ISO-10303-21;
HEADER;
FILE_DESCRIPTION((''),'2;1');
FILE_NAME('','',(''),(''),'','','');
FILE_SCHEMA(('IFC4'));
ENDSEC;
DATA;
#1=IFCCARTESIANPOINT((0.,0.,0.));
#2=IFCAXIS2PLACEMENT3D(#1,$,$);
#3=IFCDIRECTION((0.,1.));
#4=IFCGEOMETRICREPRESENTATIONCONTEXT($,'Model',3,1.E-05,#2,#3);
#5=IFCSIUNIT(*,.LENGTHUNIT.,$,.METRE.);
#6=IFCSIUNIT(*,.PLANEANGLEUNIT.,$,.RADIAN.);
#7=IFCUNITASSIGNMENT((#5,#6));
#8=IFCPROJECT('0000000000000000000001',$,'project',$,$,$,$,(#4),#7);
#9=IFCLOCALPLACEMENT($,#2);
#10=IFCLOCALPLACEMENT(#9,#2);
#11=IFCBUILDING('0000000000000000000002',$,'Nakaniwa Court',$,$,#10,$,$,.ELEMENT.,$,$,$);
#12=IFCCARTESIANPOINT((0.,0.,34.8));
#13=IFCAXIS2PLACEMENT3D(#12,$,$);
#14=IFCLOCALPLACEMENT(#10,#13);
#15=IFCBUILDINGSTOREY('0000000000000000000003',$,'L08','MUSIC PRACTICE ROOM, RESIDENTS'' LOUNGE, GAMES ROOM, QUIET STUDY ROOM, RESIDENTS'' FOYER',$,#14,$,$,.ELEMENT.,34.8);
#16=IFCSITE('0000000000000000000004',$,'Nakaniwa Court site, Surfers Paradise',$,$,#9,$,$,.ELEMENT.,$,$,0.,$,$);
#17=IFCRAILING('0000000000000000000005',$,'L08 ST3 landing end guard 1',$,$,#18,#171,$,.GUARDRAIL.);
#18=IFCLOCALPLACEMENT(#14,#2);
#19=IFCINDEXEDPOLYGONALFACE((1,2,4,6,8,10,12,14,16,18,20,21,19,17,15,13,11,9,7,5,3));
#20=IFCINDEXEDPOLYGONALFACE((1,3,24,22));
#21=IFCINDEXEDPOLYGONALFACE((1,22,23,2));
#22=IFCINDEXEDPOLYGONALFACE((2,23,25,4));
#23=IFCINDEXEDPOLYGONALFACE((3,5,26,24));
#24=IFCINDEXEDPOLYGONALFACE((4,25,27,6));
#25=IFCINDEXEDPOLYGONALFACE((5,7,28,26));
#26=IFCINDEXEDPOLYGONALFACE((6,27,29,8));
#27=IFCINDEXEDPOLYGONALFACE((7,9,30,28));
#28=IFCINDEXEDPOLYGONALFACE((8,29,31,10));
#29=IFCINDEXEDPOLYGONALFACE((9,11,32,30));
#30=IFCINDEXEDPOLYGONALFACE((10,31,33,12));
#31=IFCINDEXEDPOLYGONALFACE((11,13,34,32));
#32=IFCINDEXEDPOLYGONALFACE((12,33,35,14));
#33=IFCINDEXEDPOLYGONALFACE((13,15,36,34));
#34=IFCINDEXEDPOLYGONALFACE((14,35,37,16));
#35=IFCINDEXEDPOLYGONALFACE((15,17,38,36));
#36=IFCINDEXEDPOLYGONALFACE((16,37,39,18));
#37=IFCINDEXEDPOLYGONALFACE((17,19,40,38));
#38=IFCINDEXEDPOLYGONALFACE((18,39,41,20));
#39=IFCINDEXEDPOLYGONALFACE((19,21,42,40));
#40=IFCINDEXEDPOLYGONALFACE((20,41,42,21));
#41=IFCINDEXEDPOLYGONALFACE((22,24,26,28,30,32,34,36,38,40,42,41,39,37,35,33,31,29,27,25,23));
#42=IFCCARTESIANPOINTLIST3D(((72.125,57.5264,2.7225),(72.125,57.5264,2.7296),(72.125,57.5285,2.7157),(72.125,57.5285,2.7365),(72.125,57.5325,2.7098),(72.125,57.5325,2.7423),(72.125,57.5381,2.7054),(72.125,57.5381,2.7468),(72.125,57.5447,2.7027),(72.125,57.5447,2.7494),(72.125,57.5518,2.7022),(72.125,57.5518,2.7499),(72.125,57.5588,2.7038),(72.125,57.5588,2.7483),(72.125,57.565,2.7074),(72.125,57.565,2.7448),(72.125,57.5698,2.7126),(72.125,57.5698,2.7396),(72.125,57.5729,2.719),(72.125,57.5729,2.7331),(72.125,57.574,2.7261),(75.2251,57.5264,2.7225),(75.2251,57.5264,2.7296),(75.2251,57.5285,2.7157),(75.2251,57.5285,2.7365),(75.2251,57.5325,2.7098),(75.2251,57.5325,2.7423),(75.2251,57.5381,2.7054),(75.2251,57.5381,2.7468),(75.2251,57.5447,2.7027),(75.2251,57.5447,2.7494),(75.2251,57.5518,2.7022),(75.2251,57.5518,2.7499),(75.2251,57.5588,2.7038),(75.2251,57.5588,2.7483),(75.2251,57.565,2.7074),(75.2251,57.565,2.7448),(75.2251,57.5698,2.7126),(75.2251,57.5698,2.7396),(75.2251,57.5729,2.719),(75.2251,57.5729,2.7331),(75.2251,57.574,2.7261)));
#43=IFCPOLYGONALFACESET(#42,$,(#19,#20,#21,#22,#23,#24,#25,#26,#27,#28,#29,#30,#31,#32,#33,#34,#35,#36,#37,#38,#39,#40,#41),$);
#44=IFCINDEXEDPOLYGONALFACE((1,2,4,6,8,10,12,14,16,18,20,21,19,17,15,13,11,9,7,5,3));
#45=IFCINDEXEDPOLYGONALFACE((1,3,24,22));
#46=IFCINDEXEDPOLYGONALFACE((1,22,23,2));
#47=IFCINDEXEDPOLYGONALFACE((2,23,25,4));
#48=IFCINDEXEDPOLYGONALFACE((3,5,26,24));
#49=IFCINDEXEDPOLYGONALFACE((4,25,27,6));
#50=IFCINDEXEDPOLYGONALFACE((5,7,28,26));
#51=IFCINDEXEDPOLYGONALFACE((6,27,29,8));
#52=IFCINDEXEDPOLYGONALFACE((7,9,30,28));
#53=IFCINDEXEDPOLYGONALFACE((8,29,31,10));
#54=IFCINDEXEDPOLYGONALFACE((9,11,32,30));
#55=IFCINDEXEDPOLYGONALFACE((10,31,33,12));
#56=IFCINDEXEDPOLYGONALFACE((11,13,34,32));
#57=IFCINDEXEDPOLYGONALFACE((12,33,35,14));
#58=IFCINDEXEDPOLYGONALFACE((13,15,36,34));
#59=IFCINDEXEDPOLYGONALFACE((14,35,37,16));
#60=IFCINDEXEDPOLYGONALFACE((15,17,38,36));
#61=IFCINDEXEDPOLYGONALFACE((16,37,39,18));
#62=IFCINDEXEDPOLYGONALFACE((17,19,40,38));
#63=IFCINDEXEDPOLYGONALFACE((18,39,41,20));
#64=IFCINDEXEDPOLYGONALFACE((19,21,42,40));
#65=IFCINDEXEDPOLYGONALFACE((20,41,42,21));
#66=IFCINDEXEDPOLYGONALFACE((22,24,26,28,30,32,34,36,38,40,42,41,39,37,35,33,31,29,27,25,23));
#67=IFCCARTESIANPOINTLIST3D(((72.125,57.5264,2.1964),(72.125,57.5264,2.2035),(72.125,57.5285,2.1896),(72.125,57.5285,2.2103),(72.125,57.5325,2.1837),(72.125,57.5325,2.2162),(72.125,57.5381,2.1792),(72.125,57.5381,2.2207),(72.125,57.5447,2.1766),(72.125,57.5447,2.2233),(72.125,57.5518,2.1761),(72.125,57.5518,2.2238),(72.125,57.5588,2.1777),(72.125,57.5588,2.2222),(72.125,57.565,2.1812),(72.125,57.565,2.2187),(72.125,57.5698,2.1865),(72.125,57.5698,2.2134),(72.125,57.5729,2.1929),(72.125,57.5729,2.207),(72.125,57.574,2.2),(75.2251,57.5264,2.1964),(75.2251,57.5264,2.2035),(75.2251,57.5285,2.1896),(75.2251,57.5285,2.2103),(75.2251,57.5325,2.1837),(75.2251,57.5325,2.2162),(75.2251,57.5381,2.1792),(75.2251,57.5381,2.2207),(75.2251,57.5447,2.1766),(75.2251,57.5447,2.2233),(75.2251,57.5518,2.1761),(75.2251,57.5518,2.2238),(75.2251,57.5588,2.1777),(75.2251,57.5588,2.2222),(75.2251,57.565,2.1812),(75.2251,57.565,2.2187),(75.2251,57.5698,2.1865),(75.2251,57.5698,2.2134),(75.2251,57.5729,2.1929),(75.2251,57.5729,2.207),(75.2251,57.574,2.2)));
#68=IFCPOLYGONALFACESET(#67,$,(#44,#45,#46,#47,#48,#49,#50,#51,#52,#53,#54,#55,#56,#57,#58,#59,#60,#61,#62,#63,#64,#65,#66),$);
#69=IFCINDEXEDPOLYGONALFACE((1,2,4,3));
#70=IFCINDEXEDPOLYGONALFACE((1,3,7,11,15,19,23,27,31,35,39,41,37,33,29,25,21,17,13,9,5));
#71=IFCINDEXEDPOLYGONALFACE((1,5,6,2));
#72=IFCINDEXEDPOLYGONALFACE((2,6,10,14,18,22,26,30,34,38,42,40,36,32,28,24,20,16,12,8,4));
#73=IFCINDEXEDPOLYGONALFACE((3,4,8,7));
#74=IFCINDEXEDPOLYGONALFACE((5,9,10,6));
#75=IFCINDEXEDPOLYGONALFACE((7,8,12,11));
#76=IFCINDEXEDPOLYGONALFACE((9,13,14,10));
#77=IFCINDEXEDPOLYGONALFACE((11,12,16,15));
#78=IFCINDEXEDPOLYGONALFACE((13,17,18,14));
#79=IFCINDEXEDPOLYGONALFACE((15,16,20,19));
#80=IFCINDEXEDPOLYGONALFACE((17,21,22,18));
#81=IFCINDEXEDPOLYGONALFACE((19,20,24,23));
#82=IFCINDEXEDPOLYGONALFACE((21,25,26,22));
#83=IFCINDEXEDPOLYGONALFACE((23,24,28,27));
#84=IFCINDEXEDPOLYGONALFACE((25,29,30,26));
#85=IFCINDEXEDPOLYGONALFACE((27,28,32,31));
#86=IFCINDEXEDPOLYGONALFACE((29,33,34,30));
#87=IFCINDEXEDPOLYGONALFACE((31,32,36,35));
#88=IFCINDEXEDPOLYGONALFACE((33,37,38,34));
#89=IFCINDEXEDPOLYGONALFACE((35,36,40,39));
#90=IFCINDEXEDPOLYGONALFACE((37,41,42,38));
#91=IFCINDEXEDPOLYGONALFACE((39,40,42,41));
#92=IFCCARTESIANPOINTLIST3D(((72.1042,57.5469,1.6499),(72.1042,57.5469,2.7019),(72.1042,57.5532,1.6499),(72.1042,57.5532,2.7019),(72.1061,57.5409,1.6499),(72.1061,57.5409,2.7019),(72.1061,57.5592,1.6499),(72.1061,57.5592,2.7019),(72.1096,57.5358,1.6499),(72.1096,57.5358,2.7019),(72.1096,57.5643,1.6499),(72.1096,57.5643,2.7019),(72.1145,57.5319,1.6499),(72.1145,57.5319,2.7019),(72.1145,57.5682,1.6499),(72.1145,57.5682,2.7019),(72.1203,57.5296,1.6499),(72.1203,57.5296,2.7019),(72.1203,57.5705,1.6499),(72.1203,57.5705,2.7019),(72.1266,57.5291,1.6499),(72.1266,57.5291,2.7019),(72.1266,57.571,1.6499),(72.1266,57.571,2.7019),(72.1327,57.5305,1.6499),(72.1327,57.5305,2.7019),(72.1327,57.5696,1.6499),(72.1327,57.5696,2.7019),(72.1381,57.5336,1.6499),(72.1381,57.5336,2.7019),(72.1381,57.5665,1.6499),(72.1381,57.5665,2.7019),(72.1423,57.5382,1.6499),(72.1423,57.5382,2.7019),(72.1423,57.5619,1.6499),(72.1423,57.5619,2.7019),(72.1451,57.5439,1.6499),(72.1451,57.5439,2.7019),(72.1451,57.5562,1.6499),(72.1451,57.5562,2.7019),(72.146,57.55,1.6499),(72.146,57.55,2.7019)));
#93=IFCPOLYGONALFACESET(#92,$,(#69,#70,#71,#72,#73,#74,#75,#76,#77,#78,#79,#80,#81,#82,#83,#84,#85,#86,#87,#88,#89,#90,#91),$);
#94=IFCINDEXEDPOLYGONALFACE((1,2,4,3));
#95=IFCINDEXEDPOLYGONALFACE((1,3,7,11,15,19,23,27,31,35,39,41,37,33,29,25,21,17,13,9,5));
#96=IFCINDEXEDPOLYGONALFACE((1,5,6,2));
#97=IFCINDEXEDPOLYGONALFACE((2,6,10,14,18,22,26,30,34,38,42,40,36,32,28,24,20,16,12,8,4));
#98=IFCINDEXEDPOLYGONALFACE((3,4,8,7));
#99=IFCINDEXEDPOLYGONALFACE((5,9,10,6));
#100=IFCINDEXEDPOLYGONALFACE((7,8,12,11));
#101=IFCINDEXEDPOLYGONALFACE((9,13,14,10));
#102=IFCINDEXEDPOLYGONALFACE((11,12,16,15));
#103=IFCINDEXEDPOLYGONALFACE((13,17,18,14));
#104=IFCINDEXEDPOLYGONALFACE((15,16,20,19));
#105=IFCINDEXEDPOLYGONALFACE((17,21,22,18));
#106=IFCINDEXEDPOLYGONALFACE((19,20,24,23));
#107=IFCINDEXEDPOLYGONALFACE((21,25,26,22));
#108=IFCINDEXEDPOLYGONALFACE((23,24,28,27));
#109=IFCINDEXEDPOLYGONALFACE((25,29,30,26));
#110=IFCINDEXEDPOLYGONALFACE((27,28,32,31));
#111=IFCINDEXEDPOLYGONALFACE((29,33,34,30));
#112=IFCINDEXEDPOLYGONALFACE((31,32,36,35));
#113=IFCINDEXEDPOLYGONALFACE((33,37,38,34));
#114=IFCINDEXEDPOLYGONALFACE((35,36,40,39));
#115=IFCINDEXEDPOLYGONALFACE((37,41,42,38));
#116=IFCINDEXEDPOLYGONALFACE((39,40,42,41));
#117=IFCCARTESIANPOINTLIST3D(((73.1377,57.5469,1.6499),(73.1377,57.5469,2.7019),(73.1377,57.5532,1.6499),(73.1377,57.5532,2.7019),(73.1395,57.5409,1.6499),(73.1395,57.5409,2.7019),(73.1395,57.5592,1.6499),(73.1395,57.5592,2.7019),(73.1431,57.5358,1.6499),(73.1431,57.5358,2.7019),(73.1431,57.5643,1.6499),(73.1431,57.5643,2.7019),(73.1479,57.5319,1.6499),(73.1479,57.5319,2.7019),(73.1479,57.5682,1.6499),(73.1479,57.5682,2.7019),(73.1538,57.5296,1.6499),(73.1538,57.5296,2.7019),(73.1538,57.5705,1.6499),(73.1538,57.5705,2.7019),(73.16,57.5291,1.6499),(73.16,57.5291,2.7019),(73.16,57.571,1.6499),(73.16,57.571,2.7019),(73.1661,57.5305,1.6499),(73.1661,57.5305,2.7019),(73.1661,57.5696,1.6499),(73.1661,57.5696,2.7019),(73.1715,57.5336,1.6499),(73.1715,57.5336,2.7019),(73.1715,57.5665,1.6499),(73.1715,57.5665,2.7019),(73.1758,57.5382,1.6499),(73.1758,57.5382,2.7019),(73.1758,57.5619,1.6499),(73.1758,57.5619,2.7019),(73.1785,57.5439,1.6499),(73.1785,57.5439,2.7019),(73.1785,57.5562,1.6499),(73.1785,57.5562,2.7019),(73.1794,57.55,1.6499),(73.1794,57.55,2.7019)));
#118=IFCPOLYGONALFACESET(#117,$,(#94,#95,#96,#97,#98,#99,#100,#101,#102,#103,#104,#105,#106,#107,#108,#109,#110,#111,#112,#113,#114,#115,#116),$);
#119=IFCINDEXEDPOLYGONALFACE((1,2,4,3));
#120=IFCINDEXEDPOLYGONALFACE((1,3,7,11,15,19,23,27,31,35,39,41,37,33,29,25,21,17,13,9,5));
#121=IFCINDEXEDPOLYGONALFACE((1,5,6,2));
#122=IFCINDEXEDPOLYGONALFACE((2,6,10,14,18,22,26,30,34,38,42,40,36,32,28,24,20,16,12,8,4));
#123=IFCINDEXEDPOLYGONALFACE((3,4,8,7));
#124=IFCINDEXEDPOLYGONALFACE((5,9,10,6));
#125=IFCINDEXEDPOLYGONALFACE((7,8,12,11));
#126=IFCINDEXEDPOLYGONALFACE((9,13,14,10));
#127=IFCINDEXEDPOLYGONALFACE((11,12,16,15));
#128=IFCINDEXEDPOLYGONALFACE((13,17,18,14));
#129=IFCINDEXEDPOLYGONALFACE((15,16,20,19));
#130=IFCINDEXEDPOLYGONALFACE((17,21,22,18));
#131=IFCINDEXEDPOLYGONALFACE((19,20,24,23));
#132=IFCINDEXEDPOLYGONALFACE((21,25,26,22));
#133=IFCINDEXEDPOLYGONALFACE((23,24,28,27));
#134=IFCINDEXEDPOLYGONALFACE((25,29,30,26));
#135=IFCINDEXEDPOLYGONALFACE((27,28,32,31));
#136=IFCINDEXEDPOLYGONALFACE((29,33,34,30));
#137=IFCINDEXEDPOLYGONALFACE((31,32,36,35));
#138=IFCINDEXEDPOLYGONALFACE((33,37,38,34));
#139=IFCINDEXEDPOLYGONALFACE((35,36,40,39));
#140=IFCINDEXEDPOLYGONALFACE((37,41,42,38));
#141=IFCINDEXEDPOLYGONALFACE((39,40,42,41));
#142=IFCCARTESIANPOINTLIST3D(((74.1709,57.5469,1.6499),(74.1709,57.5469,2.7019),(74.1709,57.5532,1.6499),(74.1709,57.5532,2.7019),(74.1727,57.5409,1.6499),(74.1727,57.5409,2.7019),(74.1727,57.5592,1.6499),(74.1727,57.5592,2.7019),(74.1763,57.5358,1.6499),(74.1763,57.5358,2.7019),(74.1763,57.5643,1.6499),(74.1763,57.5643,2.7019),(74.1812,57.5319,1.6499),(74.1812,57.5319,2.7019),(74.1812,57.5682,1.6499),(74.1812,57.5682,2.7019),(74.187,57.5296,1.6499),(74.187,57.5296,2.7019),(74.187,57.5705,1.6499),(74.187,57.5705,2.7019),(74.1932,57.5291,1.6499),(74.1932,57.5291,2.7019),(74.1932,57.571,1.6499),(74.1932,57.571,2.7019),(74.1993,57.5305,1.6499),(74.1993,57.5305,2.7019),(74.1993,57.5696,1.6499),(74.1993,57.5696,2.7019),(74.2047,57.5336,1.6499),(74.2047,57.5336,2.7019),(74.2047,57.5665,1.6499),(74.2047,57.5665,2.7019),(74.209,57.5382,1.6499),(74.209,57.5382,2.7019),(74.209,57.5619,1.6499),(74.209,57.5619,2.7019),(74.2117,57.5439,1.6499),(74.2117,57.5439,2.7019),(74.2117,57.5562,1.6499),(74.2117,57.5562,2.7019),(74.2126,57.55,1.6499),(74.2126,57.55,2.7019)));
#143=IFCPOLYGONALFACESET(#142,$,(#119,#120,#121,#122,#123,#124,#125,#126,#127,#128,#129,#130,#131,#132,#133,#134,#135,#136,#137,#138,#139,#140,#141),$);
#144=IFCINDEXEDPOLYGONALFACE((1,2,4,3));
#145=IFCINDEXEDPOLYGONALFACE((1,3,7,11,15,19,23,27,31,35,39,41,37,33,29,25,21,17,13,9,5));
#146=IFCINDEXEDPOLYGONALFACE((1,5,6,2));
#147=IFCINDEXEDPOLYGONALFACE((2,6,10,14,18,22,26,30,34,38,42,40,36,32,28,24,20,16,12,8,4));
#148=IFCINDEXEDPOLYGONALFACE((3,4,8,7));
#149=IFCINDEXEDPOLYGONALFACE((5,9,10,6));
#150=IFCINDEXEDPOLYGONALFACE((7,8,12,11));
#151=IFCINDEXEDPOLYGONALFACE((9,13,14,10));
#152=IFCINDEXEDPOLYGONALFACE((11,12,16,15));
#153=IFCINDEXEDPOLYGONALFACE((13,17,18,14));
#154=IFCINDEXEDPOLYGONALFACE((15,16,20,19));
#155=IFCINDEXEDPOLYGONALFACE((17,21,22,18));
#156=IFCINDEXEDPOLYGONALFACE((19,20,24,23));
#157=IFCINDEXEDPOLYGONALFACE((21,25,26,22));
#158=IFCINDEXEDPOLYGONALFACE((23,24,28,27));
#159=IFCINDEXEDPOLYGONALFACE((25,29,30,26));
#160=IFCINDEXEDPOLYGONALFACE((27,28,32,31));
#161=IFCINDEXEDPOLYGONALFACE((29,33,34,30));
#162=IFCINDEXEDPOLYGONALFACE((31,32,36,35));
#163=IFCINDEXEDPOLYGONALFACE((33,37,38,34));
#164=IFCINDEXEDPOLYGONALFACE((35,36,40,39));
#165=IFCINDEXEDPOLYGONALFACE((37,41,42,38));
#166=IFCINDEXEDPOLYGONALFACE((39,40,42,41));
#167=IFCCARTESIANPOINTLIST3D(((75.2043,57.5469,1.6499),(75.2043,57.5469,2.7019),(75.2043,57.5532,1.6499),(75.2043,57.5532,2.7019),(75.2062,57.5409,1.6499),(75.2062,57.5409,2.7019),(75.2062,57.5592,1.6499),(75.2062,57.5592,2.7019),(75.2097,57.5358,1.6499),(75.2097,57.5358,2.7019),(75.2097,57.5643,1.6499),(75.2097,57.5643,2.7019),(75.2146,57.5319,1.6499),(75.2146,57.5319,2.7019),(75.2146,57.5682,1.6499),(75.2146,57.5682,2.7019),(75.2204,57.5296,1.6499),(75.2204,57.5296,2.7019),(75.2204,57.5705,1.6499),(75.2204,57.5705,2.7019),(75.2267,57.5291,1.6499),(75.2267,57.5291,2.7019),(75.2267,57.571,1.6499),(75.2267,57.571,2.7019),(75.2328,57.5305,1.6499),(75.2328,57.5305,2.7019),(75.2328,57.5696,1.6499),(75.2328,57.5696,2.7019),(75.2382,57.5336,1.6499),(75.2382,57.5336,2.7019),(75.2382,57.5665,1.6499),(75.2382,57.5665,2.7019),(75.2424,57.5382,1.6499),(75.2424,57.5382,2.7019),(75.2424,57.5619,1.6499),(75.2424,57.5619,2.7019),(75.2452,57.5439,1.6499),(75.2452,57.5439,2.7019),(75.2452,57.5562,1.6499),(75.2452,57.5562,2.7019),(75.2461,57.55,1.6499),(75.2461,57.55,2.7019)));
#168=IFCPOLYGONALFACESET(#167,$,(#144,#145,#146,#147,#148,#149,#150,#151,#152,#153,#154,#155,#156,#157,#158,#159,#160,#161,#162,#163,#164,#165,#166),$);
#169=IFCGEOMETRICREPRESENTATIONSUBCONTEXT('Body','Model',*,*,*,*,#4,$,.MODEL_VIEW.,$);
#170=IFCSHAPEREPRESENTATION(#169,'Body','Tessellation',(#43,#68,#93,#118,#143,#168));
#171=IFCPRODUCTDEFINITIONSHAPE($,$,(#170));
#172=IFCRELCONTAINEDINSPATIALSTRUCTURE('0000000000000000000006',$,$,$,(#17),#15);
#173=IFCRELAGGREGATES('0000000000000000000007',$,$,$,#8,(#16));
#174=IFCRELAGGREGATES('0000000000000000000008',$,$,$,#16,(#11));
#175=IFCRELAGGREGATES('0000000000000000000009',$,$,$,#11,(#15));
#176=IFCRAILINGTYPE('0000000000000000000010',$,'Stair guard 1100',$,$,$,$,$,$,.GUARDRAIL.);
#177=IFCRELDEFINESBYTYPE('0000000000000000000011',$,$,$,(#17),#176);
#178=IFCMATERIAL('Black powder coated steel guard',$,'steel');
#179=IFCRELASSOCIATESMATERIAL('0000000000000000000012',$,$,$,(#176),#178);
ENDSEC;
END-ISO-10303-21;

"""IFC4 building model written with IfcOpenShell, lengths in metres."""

from ifc_helpers import new_model, si_unit, direction, frame, origin, origin_2d, place, context, subcontext, project, spatial, circle, extrude, material, type_object, element, save


model = new_model("IFC4")

# Units and contexts
model_context = context("Model", 3, precision=1e-05, world=origin(), true_north=direction((0.0, 1.0)))
body_context = subcontext(model_context, "Body", "Model", "MODEL_VIEW")
ifc_project = project(units=[si_unit("LENGTHUNIT", "METRE"), si_unit("PLANEANGLEUNIT", "RADIAN")], contexts=[model_context])

# Site, building, storey
site_placement = place(None, origin())
site = spatial("IfcSite", under=ifc_project, at=site_placement, Name="Nakaniwa Court site, Surfers Paradise", CompositionType="ELEMENT", RefElevation=0.0)
building_placement = place(site_placement, origin())
building = spatial("IfcBuilding", under=site, at=building_placement, Name="Nakaniwa Court", CompositionType="ELEMENT")
storey_placement = place(building_placement, frame((0.0, 0.0, 34.8)))
storey = spatial("IfcBuildingStorey", under=building, at=storey_placement, Name="L08", Description="MUSIC PRACTICE ROOM, RESIDENTS' LOUNGE, GAMES ROOM, QUIET STUDY ROOM, RESIDENTS' FOYER", CompositionType="ELEMENT", Elevation=34.8)

# Railing
ifc_material_1 = material(Name="Black powder coated steel guard", Category="steel")
railing_type_1 = type_object("IfcRailingType", Name="Stair guard 1100", PredefinedType="GUARDRAIL", material=ifc_material_1)
railing_1_placement = place(storey_placement, frame((72.125, 57.55, 1.6499)))
element("IfcRailing", 1, at=railing_1_placement, inside=storey, type_object=railing_type_1, Name="L08 ST3 landing end guard 1", PredefinedType="GUARDRAIL", context=body_context, shape_type="SweptSolid", body=[
    extrude(circle(Radius=0.0239, at=origin_2d()), frame((0.0, 0.0, 1.0762), z_axis=(1.0, 0.0, 0.0), x_axis=(0.0, 1.0, 0.0)), (0.0, 0.0, 1.0), 3.1001),
    extrude(circle(Radius=0.0239, at=origin_2d()), frame((0.0, 0.0, 0.55), z_axis=(1.0, 0.0, 0.0), x_axis=(0.0, 1.0, 0.0)), (0.0, 0.0, 1.0), 3.1001),
    extrude(circle(Radius=0.021, at=origin_2d()), origin(), (0.0, 0.0, 1.0), 1.052),
    extrude(circle(Radius=0.021, at=origin_2d()), frame((1.0334, 0.0, 0.0)), (0.0, 0.0, 1.0), 1.052),
    extrude(circle(Radius=0.021, at=origin_2d()), frame((2.0667, 0.0, 0.0)), (0.0, 0.0, 1.0), 1.052),
    extrude(circle(Radius=0.021, at=origin_2d()), frame((3.1001, 0.0, 0.0)), (0.0, 0.0, 1.0), 1.052),
])

save(model, "model.ifc")
